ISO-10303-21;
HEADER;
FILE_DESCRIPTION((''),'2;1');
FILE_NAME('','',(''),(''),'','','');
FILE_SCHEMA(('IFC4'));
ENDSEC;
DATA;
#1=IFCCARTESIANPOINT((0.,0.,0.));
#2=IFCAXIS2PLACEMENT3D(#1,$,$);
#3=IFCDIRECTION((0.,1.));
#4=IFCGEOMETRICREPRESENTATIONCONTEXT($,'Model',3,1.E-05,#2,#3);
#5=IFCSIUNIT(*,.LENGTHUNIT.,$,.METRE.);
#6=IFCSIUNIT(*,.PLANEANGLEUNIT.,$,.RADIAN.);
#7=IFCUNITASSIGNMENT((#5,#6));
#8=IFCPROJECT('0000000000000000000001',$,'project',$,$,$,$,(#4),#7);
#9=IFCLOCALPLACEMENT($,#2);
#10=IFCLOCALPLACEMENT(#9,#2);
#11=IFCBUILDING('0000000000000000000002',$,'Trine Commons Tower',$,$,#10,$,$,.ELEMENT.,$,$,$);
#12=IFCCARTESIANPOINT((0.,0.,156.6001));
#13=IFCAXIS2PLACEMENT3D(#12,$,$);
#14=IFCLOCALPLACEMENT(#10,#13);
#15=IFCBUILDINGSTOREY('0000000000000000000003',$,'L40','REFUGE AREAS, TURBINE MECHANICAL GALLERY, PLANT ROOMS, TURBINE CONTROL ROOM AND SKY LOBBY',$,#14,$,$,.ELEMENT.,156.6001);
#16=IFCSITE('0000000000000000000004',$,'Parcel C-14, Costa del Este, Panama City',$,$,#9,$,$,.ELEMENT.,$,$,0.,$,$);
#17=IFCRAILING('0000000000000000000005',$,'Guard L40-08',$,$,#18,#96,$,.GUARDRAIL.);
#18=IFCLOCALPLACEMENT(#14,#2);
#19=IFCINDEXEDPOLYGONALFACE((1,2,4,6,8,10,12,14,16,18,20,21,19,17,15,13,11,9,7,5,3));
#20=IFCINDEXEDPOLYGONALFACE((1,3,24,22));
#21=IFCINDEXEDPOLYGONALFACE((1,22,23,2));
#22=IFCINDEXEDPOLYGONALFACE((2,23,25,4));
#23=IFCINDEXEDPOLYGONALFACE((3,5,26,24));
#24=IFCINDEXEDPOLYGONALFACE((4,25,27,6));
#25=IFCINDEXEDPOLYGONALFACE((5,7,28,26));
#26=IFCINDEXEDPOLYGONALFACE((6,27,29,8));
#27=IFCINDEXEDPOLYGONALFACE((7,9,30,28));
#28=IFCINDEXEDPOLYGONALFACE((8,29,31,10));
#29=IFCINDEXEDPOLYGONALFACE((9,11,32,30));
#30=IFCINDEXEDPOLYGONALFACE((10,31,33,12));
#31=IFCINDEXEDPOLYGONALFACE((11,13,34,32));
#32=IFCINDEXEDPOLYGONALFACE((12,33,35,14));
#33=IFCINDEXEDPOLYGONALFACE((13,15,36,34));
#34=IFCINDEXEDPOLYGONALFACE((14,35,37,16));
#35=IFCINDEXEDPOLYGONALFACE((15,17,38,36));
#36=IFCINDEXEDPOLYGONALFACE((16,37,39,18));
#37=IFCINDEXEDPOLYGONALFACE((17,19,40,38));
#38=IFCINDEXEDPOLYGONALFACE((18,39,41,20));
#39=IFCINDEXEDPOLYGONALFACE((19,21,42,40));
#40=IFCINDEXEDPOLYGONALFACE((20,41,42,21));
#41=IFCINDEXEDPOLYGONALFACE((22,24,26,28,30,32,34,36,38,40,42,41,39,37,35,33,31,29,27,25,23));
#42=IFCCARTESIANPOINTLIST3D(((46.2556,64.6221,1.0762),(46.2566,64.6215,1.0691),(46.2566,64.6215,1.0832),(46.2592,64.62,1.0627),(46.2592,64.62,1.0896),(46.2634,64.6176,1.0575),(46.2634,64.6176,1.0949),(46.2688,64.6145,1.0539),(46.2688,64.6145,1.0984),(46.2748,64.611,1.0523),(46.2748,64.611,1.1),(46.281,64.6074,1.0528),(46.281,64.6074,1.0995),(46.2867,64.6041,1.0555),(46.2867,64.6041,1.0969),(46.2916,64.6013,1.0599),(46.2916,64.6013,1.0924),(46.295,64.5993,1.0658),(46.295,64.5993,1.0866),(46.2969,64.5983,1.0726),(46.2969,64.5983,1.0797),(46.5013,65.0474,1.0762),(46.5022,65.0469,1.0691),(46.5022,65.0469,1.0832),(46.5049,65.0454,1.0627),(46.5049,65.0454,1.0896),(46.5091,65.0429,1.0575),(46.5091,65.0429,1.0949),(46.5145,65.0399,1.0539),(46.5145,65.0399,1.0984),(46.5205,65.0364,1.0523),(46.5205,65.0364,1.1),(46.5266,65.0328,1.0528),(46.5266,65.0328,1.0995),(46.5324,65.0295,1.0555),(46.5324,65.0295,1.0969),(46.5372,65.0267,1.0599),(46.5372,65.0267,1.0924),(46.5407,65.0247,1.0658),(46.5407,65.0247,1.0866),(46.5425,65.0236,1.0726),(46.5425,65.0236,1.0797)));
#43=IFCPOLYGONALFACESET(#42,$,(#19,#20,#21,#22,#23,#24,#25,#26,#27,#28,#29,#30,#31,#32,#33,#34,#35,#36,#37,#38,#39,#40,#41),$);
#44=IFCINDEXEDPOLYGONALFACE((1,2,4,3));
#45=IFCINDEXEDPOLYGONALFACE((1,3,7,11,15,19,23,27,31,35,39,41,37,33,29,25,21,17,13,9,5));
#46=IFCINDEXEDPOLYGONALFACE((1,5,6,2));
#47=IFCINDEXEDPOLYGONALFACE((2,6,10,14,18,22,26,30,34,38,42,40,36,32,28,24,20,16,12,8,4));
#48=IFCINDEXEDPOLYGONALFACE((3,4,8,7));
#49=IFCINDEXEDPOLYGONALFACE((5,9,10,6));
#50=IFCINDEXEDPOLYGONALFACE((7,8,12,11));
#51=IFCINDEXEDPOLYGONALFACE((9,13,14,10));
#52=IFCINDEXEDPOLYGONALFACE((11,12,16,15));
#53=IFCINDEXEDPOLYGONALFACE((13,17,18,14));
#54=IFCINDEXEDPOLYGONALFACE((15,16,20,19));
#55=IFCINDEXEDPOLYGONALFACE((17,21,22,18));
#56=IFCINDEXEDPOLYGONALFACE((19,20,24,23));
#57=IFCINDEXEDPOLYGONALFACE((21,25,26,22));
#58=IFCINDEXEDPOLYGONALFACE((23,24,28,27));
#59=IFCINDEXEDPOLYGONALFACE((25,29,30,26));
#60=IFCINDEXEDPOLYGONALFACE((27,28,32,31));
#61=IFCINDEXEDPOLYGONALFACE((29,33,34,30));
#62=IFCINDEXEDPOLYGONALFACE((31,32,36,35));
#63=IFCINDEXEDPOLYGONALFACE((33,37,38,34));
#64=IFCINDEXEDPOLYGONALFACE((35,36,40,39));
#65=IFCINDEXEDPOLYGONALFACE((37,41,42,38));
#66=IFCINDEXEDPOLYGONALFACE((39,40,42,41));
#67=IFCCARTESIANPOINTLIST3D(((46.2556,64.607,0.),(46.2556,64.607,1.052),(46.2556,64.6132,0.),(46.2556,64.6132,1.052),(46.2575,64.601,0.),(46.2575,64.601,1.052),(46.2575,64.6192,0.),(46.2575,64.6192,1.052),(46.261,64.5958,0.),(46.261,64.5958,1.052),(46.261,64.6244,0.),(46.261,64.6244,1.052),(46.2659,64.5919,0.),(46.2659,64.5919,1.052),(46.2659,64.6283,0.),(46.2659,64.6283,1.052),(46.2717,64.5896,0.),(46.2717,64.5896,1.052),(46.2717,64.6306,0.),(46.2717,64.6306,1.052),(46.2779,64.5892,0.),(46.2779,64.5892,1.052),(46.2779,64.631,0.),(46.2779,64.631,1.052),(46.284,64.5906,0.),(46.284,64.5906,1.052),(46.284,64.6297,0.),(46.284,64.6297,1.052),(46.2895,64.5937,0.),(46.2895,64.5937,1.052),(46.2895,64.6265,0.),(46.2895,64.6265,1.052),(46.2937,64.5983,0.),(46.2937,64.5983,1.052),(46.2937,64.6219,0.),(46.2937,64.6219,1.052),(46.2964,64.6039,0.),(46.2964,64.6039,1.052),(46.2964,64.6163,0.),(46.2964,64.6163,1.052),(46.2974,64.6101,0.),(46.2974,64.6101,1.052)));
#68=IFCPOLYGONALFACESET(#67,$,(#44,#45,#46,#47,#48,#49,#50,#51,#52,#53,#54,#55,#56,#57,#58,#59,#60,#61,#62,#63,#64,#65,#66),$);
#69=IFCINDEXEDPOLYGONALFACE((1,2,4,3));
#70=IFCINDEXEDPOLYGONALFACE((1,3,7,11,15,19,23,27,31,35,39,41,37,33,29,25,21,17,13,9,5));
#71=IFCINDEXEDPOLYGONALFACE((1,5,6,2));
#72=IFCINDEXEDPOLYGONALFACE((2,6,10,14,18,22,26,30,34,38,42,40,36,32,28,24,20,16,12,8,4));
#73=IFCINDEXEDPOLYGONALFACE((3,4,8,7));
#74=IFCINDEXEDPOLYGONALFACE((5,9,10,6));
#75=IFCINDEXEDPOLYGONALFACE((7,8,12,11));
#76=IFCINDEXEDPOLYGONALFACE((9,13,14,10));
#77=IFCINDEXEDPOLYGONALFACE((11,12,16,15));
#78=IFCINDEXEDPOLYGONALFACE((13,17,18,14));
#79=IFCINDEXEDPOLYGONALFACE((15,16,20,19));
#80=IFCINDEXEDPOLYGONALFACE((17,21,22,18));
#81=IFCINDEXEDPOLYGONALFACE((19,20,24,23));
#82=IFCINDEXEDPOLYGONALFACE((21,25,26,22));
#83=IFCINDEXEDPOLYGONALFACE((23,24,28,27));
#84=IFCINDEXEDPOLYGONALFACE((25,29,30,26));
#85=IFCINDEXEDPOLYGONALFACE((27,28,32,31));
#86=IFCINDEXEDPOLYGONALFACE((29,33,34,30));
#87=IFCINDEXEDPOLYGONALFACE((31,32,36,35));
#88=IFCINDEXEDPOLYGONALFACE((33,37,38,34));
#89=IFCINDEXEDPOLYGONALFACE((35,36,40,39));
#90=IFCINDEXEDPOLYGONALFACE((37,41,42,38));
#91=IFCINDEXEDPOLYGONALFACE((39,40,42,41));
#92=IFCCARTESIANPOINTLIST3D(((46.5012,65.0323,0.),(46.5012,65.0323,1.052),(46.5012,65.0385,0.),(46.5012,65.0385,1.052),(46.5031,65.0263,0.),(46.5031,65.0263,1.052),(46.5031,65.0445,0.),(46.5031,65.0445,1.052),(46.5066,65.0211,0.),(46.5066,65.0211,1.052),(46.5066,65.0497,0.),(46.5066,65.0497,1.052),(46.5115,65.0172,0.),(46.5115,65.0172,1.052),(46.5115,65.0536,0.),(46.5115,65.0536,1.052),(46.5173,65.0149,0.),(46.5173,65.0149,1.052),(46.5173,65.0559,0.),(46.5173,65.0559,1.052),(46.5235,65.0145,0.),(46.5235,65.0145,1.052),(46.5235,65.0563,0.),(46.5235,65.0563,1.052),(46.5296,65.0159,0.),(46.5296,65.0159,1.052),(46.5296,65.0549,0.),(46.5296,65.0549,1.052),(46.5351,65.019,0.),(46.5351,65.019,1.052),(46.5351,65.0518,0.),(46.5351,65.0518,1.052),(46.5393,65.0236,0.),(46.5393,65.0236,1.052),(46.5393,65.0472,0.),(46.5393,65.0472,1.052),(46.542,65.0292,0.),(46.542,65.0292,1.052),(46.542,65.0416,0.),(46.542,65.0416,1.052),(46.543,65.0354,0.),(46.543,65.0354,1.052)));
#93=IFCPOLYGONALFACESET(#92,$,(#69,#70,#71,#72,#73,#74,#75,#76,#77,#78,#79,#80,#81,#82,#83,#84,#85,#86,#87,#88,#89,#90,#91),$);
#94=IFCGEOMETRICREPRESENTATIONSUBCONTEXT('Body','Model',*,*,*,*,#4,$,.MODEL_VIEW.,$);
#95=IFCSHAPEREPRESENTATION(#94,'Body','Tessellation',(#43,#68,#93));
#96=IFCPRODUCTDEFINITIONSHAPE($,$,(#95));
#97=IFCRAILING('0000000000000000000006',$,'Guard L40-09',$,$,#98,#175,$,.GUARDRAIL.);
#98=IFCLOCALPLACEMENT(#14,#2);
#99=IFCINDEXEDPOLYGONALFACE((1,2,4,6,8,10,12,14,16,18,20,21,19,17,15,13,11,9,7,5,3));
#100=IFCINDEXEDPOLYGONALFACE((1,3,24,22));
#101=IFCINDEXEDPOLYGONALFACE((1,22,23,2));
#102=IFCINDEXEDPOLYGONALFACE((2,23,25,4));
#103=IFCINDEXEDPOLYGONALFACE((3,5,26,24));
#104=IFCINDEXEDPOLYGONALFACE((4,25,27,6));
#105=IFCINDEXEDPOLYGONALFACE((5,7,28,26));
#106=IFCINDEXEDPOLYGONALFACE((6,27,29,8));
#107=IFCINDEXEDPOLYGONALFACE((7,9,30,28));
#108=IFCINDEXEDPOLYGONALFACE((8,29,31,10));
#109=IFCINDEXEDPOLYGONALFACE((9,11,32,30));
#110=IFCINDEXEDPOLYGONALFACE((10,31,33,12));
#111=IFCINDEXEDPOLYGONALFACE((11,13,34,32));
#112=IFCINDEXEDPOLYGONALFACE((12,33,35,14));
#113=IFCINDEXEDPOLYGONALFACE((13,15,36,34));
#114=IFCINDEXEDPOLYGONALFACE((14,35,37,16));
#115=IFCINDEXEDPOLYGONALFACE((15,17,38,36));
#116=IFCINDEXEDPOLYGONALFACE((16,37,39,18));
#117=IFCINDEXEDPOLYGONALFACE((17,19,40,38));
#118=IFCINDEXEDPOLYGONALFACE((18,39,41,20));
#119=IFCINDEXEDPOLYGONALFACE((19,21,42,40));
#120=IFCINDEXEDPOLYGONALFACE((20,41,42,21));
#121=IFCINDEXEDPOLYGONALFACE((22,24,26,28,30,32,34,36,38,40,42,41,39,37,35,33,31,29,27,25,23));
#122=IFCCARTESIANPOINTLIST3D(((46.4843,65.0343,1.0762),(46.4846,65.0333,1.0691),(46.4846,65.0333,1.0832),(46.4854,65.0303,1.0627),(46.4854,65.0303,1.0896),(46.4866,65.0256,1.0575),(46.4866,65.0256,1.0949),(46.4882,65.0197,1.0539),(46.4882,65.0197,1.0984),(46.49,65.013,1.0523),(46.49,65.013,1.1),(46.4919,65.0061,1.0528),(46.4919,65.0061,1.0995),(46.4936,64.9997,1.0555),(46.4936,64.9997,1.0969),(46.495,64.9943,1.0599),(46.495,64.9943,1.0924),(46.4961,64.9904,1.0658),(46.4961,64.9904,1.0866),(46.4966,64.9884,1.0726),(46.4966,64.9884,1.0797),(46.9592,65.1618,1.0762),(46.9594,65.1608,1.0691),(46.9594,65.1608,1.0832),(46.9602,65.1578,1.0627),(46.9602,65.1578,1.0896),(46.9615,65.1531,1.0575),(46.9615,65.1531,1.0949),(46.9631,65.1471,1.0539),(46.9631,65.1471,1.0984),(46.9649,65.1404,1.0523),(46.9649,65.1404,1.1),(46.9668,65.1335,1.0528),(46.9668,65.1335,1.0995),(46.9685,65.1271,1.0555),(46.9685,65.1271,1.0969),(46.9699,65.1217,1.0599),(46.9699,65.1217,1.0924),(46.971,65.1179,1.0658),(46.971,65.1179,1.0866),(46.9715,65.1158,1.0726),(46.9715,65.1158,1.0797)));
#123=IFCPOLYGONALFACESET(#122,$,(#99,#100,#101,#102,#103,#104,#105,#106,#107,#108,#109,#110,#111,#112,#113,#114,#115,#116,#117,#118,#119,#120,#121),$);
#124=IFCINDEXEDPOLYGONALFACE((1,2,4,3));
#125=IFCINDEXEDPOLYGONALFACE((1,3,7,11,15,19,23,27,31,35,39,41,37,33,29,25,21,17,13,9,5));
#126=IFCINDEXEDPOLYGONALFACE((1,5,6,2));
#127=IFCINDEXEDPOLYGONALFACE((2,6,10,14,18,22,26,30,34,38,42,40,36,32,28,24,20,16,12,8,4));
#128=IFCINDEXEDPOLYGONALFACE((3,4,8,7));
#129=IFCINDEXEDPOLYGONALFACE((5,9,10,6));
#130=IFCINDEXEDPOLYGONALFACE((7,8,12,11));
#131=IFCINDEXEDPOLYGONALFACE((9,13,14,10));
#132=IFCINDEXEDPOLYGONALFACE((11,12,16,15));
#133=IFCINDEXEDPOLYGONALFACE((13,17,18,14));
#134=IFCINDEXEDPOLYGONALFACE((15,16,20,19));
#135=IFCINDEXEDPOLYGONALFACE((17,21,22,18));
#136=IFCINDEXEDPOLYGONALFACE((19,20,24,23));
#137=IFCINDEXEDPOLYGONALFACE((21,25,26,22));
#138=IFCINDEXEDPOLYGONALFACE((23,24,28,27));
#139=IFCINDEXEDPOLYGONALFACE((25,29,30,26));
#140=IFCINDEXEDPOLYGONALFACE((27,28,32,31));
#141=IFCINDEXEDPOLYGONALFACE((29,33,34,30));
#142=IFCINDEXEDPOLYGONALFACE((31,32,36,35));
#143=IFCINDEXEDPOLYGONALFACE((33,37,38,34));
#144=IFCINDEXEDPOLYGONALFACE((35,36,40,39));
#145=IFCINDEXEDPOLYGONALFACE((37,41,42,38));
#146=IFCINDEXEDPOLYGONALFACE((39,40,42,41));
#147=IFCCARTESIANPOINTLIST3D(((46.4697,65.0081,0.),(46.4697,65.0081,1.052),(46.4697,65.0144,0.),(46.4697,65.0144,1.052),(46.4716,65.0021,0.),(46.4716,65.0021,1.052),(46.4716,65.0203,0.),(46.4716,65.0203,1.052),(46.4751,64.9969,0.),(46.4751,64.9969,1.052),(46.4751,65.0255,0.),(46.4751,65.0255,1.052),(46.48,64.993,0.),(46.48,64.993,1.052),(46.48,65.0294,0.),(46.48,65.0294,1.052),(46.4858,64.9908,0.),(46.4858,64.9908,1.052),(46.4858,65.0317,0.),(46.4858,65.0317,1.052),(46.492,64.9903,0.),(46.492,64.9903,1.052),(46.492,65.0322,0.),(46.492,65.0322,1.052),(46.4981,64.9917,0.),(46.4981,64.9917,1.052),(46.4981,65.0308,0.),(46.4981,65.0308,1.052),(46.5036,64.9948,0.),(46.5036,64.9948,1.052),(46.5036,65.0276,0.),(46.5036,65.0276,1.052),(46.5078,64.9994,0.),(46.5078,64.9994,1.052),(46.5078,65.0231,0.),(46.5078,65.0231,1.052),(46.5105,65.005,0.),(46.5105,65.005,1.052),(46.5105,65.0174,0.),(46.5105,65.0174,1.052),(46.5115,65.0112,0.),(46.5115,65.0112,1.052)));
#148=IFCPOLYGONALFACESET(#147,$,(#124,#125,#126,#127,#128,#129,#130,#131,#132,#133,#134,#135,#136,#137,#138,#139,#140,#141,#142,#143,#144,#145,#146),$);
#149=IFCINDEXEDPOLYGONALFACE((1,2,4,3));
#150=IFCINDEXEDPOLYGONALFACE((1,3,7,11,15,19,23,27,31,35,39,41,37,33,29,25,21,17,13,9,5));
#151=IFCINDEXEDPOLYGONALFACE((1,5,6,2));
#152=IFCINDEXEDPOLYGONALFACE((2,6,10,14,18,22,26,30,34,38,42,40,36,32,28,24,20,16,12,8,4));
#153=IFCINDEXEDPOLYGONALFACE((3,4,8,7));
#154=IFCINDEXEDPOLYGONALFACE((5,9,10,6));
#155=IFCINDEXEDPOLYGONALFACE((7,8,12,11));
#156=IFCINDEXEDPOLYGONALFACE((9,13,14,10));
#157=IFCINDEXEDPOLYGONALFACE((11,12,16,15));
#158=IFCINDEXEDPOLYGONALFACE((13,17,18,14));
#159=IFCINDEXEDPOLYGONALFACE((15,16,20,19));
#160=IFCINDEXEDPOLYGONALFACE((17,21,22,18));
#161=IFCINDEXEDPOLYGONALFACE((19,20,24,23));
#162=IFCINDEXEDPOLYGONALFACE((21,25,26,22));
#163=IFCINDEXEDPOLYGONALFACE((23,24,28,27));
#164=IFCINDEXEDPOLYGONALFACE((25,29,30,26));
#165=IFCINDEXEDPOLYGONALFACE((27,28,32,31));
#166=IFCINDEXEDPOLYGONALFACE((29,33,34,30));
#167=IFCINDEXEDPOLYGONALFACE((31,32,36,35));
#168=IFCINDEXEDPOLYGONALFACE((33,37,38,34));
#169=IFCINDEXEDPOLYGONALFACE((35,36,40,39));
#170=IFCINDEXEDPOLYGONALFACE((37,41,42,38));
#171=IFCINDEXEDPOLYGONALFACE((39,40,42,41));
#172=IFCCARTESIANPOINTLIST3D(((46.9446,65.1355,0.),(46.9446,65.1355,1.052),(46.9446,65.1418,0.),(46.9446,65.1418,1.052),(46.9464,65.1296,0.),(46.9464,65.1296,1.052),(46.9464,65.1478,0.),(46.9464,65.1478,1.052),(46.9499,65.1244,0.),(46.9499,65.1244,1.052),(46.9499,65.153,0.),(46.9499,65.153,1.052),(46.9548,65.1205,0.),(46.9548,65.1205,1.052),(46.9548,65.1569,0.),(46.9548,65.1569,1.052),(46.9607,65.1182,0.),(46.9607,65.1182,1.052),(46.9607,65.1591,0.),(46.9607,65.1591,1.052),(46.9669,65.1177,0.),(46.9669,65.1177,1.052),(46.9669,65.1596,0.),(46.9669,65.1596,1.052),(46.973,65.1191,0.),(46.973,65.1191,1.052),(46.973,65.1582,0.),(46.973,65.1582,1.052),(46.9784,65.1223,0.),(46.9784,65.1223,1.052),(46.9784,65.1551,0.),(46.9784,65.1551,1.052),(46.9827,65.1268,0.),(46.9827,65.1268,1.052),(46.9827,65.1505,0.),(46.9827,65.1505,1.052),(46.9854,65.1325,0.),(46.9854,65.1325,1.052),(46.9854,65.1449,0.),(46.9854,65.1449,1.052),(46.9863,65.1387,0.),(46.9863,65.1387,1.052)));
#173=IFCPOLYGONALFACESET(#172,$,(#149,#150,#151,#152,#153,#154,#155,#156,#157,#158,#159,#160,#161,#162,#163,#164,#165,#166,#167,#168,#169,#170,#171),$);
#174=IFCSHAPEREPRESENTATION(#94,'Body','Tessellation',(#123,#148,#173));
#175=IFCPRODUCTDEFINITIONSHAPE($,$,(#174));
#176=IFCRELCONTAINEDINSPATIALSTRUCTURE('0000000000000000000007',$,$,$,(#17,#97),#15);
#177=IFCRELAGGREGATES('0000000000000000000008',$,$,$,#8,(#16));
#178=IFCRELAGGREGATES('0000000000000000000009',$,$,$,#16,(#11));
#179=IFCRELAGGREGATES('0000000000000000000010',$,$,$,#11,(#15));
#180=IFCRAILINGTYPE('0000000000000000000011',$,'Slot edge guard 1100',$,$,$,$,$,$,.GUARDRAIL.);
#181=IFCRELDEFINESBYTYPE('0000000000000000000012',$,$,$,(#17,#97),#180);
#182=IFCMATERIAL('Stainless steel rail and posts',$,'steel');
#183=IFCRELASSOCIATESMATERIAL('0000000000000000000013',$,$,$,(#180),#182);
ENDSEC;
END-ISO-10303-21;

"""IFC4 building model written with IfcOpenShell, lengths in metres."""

from ifc_helpers import new_model, si_unit, direction, frame, origin, origin_2d, place, context, subcontext, project, spatial, circle, extrude, material, type_object, element, save


model = new_model("IFC4")

# Units and contexts
model_context = context("Model", 3, precision=1e-05, world=origin(), true_north=direction((0.0, 1.0)))
body_context = subcontext(model_context, "Body", "Model", "MODEL_VIEW")
ifc_project = project(units=[si_unit("LENGTHUNIT", "METRE"), si_unit("PLANEANGLEUNIT", "RADIAN")], contexts=[model_context])

# Site, building, storey
site_placement = place(None, origin())
site = spatial("IfcSite", under=ifc_project, at=site_placement, Name="Parcel C-14, Costa del Este, Panama City", CompositionType="ELEMENT", RefElevation=0.0)
building_placement = place(site_placement, origin())
building = spatial("IfcBuilding", under=site, at=building_placement, Name="Trine Commons Tower", CompositionType="ELEMENT")
storey_placement = place(building_placement, frame((0.0, 0.0, 156.6001)))
storey = spatial("IfcBuildingStorey", under=building, at=storey_placement, Name="L40", Description="REFUGE AREAS, TURBINE MECHANICAL GALLERY, PLANT ROOMS, TURBINE CONTROL ROOM AND SKY LOBBY", CompositionType="ELEMENT", Elevation=156.6001)

# Railings
ifc_material_1 = material(Name="Stainless steel rail and posts", Category="steel")
railing_type = type_object("IfcRailingType", Name="Slot edge guard 1100", PredefinedType="GUARDRAIL", material=ifc_material_1)
railing_1_placement = place(storey_placement, frame((46.2764, 64.6101, 0.0)))
element("IfcRailing", 1, at=railing_1_placement, inside=storey, type_object=railing_type, Name="Guard L40-08", PredefinedType="GUARDRAIL", context=body_context, shape_type="SweptSolid", body=[
    extrude(circle(Radius=0.0239, at=origin_2d()), frame((0.0, 0.0, 1.0762), z_axis=(0.500095, 0.86597, 0.0), x_axis=(-0.86597, 0.500095, 0.0)), (0.0, 0.0, 1.0), 0.4912),
    extrude(circle(Radius=0.021, at=origin_2d()), origin(), (0.0, 0.0, 1.0), 1.052),
    extrude(circle(Radius=0.021, at=origin_2d()), frame((0.2456, 0.4253, 0.0)), (0.0, 0.0, 1.0), 1.052),
])
railing_2_placement = place(storey_placement, frame((46.4905, 65.0112, 0.0)))
element("IfcRailing", 2, at=railing_2_placement, inside=storey, type_object=railing_type, Name="Guard L40-09", PredefinedType="GUARDRAIL", context=body_context, shape_type="SweptSolid", body=[
    extrude(circle(Radius=0.0239, at=origin_2d()), frame((0.0, 0.0, 1.0762), z_axis=(0.965822, 0.259208, 0.0), x_axis=(-0.259208, 0.965822, 0.0)), (0.0, 0.0, 1.0), 0.4917),
    extrude(circle(Radius=0.021, at=origin_2d()), origin(), (0.0, 0.0, 1.0), 1.052),
    extrude(circle(Radius=0.021, at=origin_2d()), frame((0.4749, 0.1274, 0.0)), (0.0, 0.0, 1.0), 1.052),
])

save(model, "model.ifc")
